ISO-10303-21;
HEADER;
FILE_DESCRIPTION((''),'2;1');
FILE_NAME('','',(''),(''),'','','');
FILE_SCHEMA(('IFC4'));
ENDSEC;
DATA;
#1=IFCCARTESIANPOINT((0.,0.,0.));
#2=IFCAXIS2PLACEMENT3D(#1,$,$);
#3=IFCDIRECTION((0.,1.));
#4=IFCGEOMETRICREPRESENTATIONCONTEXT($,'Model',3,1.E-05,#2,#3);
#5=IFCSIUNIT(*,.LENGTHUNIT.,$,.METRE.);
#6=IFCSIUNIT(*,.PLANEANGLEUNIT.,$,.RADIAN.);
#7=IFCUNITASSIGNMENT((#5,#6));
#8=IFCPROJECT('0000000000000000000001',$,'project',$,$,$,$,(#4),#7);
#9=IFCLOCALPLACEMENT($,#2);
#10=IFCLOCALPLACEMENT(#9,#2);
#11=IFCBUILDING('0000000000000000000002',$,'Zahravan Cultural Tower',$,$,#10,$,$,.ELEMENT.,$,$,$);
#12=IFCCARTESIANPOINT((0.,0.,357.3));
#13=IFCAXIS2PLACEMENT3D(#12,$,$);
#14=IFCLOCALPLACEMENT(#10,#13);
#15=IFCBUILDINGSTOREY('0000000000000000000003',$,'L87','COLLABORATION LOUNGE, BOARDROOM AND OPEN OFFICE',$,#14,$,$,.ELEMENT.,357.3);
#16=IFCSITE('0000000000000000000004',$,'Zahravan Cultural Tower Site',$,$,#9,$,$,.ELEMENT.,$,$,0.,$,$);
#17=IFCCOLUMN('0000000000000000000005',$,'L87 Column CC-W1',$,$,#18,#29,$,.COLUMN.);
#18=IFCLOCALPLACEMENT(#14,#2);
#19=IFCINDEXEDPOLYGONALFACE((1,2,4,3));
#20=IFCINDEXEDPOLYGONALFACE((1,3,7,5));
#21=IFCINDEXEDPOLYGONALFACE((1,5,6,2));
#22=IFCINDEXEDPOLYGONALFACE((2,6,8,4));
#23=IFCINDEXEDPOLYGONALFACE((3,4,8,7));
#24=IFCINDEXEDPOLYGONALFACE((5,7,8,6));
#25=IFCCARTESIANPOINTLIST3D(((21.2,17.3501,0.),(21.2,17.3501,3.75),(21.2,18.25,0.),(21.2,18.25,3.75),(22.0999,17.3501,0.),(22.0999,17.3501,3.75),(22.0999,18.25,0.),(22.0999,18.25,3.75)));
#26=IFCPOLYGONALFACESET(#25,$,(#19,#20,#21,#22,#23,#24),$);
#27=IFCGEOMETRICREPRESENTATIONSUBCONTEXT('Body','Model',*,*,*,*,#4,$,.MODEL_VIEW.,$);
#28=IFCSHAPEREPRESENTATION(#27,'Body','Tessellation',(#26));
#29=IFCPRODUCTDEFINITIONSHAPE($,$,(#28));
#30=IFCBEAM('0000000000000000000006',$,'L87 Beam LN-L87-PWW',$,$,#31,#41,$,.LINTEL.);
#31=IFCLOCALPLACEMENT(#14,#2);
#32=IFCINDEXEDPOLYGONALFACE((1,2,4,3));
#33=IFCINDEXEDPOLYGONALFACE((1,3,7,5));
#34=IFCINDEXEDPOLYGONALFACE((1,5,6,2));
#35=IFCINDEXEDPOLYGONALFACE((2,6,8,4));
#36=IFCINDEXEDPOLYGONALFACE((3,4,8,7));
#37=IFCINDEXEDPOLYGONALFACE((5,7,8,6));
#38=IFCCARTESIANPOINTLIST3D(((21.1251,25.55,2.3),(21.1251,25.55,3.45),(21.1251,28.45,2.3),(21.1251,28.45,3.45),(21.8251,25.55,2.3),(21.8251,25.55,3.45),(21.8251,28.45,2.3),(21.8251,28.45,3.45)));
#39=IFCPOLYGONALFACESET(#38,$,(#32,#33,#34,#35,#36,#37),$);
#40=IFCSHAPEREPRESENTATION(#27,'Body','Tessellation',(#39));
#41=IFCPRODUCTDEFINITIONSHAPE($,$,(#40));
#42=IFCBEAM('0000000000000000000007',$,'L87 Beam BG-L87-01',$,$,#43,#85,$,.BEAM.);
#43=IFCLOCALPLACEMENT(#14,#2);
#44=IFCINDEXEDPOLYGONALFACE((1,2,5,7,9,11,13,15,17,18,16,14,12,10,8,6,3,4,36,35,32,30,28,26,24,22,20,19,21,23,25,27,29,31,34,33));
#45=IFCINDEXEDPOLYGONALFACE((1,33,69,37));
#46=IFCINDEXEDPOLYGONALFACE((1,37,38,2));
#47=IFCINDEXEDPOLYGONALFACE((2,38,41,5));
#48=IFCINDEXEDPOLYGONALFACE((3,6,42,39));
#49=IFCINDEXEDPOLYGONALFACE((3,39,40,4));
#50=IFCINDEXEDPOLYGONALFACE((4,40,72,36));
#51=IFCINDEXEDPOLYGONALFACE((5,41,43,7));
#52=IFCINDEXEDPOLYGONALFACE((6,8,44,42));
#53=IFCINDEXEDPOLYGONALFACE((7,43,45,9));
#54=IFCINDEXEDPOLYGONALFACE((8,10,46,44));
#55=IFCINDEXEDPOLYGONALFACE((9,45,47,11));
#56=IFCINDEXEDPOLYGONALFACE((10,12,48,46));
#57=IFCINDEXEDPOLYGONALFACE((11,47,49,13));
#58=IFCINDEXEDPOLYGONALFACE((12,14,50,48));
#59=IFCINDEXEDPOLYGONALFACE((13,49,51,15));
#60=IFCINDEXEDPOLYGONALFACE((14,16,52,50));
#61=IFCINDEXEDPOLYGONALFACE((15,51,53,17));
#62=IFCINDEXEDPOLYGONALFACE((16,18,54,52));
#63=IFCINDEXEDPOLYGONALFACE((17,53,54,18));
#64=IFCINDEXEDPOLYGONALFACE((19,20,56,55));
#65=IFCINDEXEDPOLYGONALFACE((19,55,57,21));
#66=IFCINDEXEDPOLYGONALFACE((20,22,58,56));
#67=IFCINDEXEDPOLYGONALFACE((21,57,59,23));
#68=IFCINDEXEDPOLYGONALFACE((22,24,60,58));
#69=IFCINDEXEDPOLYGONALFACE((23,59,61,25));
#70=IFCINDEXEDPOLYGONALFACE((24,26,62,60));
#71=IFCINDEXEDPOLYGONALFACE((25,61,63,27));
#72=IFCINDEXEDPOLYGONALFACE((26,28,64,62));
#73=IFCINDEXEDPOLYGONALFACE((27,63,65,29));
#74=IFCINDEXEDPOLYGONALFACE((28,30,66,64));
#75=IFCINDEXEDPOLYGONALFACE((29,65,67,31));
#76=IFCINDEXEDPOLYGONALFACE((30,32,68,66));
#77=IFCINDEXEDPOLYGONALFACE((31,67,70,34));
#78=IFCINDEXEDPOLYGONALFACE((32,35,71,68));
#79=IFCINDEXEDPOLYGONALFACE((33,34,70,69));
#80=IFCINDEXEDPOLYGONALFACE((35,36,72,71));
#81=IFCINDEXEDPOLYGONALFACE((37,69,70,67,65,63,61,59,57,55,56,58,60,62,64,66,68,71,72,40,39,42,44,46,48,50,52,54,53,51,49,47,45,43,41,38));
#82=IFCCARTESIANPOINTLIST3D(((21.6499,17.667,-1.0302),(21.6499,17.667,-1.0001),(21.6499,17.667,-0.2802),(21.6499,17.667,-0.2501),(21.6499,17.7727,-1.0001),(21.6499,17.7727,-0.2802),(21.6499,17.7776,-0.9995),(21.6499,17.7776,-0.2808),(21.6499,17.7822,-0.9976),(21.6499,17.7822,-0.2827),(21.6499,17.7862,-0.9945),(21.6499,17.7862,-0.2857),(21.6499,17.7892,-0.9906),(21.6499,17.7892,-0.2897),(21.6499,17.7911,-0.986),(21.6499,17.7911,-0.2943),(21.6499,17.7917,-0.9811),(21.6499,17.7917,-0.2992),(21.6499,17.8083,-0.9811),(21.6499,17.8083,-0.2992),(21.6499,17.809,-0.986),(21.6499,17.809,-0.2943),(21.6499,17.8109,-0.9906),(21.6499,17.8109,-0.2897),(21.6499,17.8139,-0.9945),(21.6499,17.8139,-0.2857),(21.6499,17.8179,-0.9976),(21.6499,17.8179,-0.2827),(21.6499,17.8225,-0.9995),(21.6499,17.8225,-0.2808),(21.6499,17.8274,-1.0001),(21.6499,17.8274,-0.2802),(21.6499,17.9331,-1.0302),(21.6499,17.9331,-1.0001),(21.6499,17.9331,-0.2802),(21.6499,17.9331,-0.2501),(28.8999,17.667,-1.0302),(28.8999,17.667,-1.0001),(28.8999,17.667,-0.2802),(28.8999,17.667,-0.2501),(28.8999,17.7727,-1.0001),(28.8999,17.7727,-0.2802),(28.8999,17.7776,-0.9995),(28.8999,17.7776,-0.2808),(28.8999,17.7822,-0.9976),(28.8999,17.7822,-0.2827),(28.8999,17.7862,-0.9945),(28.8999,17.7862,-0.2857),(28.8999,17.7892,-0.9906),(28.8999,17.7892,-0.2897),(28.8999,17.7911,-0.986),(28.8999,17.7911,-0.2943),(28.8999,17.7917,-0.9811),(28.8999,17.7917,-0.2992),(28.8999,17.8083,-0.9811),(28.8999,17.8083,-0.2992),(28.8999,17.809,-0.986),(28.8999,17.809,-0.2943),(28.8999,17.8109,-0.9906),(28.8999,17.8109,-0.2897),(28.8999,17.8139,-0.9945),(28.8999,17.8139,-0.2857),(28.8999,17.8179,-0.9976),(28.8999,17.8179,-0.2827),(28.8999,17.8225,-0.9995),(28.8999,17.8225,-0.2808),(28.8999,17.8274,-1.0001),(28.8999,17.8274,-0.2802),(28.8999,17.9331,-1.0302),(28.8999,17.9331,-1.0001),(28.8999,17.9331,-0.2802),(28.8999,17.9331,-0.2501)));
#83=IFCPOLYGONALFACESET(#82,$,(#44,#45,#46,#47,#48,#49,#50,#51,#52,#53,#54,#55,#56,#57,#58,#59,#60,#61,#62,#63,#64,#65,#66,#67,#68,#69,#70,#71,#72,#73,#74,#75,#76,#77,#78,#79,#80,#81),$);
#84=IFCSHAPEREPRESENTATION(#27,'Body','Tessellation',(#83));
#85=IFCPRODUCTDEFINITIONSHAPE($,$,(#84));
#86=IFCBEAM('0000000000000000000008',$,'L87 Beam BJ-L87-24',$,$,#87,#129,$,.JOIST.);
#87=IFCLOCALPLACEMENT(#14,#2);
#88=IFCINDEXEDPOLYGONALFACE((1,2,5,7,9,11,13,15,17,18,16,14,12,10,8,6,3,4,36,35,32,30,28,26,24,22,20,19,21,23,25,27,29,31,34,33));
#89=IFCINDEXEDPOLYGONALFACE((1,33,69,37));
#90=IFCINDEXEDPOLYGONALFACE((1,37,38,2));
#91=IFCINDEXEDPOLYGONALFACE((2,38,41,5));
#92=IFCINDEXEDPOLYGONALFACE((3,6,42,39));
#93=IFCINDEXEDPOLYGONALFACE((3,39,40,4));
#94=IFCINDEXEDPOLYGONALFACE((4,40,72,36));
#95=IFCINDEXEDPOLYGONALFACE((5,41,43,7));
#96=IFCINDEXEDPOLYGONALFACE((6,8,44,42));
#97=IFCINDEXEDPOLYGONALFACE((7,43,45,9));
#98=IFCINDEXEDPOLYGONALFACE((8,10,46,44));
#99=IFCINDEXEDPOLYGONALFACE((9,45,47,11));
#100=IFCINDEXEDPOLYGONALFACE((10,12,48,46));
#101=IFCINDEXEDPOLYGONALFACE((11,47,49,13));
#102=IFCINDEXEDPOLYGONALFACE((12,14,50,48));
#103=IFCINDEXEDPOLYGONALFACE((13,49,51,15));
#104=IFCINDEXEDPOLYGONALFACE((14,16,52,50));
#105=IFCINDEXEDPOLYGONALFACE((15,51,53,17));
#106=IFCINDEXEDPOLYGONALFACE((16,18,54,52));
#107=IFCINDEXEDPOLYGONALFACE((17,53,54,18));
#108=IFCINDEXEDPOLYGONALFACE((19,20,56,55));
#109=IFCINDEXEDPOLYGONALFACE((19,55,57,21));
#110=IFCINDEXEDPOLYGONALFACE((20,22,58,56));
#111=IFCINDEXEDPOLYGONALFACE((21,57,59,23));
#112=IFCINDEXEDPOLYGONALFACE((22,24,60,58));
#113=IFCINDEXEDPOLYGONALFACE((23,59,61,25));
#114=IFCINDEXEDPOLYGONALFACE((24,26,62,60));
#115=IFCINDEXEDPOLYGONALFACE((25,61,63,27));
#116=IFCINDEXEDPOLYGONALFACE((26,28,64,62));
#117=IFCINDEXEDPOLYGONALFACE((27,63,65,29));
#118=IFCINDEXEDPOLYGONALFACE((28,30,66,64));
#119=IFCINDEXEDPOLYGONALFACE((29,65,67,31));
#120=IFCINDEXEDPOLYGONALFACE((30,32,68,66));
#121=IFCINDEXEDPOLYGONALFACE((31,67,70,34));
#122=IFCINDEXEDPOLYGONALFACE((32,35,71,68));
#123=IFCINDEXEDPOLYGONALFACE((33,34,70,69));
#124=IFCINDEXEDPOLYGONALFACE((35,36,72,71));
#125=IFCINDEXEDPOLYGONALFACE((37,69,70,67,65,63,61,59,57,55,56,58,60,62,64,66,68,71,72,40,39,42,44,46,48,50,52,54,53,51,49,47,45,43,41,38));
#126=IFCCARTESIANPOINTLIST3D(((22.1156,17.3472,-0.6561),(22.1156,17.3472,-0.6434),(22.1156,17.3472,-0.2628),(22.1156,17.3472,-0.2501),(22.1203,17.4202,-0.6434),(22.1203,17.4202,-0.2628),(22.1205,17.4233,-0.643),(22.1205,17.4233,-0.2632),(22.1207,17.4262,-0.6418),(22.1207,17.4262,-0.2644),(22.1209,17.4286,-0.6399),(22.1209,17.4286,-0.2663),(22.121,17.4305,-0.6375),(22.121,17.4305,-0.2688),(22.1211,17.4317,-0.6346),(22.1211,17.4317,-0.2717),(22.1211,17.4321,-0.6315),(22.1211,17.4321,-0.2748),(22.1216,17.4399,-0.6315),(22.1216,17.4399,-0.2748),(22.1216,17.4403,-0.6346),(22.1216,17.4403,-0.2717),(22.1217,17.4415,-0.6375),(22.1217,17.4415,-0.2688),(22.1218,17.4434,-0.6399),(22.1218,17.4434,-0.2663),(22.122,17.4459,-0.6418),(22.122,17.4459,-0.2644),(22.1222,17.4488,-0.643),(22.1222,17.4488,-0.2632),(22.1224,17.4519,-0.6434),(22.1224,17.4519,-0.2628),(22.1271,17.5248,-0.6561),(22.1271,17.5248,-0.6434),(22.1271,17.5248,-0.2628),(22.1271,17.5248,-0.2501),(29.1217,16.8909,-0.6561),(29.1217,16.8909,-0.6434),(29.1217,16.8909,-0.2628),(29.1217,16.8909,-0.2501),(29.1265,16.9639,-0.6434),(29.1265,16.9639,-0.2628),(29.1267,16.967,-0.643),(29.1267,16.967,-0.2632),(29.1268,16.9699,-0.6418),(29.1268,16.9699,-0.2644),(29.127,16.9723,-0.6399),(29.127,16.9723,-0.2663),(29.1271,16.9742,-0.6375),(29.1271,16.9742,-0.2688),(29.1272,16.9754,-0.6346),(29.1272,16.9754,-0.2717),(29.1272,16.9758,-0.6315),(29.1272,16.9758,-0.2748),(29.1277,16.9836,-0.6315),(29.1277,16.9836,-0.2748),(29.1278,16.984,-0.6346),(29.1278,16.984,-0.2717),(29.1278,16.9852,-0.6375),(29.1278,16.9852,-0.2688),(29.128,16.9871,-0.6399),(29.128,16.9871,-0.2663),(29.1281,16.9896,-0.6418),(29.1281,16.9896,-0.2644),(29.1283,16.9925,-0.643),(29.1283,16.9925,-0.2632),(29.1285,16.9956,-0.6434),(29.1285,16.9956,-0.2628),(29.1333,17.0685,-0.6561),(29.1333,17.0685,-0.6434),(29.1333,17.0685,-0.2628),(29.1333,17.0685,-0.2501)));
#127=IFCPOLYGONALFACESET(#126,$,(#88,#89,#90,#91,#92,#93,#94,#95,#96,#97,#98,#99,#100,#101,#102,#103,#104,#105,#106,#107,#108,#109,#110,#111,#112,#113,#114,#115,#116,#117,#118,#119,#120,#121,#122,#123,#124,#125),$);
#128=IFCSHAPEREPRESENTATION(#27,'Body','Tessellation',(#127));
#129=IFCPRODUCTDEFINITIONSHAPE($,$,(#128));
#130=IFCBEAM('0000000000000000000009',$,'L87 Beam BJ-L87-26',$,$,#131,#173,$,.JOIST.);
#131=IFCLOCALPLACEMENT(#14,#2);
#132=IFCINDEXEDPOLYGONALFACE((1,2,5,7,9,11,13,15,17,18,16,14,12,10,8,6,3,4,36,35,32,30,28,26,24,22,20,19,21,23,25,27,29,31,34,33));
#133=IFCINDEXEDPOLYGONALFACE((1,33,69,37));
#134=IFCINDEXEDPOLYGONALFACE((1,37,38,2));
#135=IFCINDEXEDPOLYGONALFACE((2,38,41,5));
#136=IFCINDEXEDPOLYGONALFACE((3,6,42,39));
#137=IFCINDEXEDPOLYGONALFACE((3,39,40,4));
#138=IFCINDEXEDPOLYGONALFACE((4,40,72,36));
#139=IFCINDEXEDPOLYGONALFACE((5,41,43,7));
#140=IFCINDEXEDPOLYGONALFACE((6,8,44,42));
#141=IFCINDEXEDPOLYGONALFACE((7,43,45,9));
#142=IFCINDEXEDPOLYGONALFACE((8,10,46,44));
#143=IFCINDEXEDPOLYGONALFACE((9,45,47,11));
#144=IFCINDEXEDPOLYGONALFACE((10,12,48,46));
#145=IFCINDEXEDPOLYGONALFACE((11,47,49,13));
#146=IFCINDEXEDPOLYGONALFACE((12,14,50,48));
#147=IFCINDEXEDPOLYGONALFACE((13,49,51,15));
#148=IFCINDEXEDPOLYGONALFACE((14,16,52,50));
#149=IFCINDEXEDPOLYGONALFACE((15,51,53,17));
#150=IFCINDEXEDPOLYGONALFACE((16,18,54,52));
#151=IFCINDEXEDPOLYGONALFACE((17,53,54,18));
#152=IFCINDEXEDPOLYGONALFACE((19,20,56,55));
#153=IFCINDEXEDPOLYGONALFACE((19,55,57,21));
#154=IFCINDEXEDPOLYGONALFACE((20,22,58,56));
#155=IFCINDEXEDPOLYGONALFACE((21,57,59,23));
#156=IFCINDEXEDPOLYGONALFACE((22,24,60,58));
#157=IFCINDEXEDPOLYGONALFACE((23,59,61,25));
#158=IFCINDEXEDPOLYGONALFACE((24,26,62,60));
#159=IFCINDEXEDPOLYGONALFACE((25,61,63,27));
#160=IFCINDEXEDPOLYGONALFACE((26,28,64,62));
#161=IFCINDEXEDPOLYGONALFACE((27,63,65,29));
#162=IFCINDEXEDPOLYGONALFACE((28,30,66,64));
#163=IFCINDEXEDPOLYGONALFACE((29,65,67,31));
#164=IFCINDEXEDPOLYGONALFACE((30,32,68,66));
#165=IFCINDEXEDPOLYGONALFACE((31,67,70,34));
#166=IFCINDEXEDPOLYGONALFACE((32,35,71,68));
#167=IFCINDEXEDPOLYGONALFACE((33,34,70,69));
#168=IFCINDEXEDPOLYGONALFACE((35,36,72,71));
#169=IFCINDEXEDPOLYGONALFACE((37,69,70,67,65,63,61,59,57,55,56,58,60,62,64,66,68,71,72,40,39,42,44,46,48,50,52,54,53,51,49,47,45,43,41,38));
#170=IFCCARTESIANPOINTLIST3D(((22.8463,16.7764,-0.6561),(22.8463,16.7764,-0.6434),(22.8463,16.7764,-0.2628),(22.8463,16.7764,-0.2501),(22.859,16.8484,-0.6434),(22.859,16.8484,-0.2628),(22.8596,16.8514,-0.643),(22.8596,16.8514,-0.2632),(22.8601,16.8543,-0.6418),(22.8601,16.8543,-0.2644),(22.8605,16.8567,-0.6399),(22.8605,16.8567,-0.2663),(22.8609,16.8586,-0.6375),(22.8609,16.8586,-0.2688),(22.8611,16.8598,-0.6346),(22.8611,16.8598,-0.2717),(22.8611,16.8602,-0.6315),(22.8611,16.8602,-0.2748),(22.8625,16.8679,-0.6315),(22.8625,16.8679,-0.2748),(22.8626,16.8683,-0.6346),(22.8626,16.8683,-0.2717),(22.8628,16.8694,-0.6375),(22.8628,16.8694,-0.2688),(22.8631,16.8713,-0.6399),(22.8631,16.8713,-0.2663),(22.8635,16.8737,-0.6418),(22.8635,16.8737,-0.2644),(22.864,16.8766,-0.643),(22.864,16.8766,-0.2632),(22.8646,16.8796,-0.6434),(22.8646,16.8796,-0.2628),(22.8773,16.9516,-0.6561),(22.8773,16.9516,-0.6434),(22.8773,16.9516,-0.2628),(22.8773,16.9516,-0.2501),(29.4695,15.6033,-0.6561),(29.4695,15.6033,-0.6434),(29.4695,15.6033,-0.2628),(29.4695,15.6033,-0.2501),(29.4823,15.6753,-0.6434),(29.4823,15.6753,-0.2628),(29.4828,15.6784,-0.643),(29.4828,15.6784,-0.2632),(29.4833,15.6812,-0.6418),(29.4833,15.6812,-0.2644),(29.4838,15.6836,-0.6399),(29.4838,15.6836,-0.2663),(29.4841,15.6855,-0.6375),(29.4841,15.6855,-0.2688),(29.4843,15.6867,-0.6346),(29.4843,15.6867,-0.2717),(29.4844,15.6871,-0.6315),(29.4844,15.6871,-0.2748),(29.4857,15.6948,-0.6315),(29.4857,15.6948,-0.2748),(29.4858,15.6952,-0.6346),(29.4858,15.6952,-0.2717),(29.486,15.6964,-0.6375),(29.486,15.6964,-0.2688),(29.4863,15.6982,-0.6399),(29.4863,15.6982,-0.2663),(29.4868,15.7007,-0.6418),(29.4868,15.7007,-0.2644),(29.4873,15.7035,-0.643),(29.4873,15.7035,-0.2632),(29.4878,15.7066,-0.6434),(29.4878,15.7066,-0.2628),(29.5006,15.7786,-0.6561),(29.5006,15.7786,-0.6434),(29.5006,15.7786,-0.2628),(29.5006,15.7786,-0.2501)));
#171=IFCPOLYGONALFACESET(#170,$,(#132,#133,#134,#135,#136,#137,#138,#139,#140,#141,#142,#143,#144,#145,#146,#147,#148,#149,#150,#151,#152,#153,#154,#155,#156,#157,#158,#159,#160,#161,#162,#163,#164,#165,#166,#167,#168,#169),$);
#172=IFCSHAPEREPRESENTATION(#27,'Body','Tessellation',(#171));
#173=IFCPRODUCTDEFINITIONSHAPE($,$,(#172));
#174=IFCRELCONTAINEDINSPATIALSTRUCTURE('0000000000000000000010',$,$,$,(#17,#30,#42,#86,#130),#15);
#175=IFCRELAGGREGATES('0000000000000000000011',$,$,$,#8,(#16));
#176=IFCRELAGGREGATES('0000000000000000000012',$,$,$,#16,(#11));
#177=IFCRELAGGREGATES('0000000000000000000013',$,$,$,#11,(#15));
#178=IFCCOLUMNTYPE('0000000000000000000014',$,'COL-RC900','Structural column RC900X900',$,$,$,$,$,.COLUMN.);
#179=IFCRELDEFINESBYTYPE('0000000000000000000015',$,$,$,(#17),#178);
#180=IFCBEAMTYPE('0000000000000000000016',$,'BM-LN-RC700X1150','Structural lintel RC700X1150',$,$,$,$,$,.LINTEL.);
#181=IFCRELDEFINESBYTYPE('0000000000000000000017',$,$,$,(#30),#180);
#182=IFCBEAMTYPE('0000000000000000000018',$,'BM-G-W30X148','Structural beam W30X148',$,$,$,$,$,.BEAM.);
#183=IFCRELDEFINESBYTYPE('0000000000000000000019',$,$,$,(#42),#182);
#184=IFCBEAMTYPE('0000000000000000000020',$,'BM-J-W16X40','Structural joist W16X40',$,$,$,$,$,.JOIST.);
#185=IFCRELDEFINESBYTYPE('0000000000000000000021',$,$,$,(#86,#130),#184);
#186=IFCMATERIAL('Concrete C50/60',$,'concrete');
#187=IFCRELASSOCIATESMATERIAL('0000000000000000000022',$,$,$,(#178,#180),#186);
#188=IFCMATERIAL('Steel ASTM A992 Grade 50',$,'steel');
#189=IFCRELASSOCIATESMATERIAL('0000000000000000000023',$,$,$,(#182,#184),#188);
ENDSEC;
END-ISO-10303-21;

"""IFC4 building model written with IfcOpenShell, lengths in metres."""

from ifc_helpers import new_model, si_unit, direction, frame, origin, origin_2d, place, context, subcontext, project, spatial, rectangle, i_section, extrude, source, transform, mapped, material, material_profile, profile_set, type_object, element, save


model = new_model("IFC4")

# Units and contexts
model_context = context("Model", 3, precision=1e-05, world=origin(), true_north=direction((0.0, 1.0)))
body_context = subcontext(model_context, "Body", "Model", "MODEL_VIEW")
ifc_project = project(units=[si_unit("LENGTHUNIT", "METRE"), si_unit("PLANEANGLEUNIT", "RADIAN")], contexts=[model_context])

# Site, building, storey
site_placement = place(None, origin())
site = spatial("IfcSite", under=ifc_project, at=site_placement, Name="Zahravan Cultural Tower Site", CompositionType="ELEMENT", RefElevation=0.0)
building_placement = place(site_placement, origin())
building = spatial("IfcBuilding", under=site, at=building_placement, Name="Zahravan Cultural Tower", CompositionType="ELEMENT")
storey_placement = place(building_placement, frame((0.0, 0.0, 357.3)))
storey = spatial("IfcBuildingStorey", under=building, at=storey_placement, Name="L87", Description="COLLABORATION LOUNGE, BOARDROOM AND OPEN OFFICE", CompositionType="ELEMENT", Elevation=357.3)

# Column
ifc_material_1 = material(Name="Concrete C50/60", Category="concrete")
ifc_material_profile_1 = material_profile(ifc_material_1, rectangle(XDim=0.8999, YDim=0.8999, at=origin_2d()), Name="RC900X900")
ifc_profile_set_1 = profile_set([ifc_material_profile_1], Name="Concrete C50/60")
column_type = type_object("IfcColumnType", Name="COL-RC900", Description="Structural column RC900X900", PredefinedType="COLUMN", material=ifc_profile_set_1)
shared_shape_1 = source(origin(), body_context, "Body", "SweptSolid", [
    extrude(rectangle(XDim=0.8999, YDim=0.8999, at=origin_2d()), origin(), (0.0, 0.0, 1.0), 3.75),
])
column_placement = place(storey_placement, frame((21.6499, 17.8, 0.0), z_axis=(0.0, 0.0, 1.0), x_axis=(1.0, 0.0, 0.0)))
element("IfcColumn", 1, at=column_placement, inside=storey, type_object=column_type, Name="L87 Column CC-W1", PredefinedType="COLUMN", context=body_context, shape_type="MappedRepresentation", body=[
    mapped(shared_shape_1, transform((0.0, 0.0, 0.0), x_axis=(1.0, 0.0, 0.0), y_axis=(0.0, 1.0, 0.0), z_axis=(0.0, 0.0, 1.0), scale=1.0)),
])

# Beams
ifc_material_profile_2 = material_profile(ifc_material_1, rectangle(XDim=0.7, YDim=1.1499, at=origin_2d()), Name="RC700X1150")
ifc_profile_set_2 = profile_set([ifc_material_profile_2], Name="Concrete C50/60")
beam_type_1 = type_object("IfcBeamType", Name="BM-LN-RC700X1150", Description="Structural lintel RC700X1150", PredefinedType="LINTEL", material=ifc_profile_set_2)
shared_shape_2 = source(origin(), body_context, "Body", "SweptSolid", [
    extrude(rectangle(XDim=0.7, YDim=1.1499, at=origin_2d()), origin(), (0.0, 0.0, 1.0), 2.8999),
])
beam_1_placement = place(storey_placement, frame((21.4751, 25.55, 2.875), z_axis=(0.0, 1.0, 0.0), x_axis=(-1.0, 0.0, 0.0)))
element("IfcBeam", 2, at=beam_1_placement, inside=storey, type_object=beam_type_1, Name="L87 Beam LN-L87-PWW", PredefinedType="LINTEL", context=body_context, shape_type="MappedRepresentation", body=[
    mapped(shared_shape_2, transform((0.0, 0.0, 0.0), x_axis=(1.0, 0.0, 0.0), y_axis=(0.0, 1.0, 0.0), z_axis=(0.0, 0.0, 1.0), scale=1.0)),
])
ifc_material_2 = material(Name="Steel ASTM A992 Grade 50", Category="steel")
ifc_material_profile_3 = material_profile(ifc_material_2, i_section(OverallWidth=0.2661, OverallDepth=0.78, WebThickness=0.0166, FlangeThickness=0.03, FilletRadius=0.019, at=origin_2d()), Name="W30X148")
ifc_profile_set_3 = profile_set([ifc_material_profile_3], Name="Steel ASTM A992 Grade 50")
beam_type_2 = type_object("IfcBeamType", Name="BM-G-W30X148", Description="Structural beam W30X148", PredefinedType="BEAM", material=ifc_profile_set_3)
shared_shape_3 = source(origin(), body_context, "Body", "SweptSolid", [
    extrude(i_section(OverallWidth=0.2661, OverallDepth=0.78, WebThickness=0.0166, FlangeThickness=0.03, FilletRadius=0.019, at=origin_2d()), origin(), (0.0, 0.0, 1.0), 7.25),
])
beam_2_placement = place(storey_placement, frame((21.6499, 17.8, -0.6401), z_axis=(1.0, 0.0, 0.0), x_axis=(0.0, 1.0, 0.0)))
element("IfcBeam", 3, at=beam_2_placement, inside=storey, type_object=beam_type_2, Name="L87 Beam BG-L87-01", PredefinedType="BEAM", context=body_context, shape_type="MappedRepresentation", body=[
    mapped(shared_shape_3, transform((0.0, 0.0, 0.0), x_axis=(1.0, 0.0, 0.0), y_axis=(0.0, 1.0, 0.0), z_axis=(0.0, 0.0, 1.0), scale=1.0)),
])
ifc_material_profile_4 = material_profile(ifc_material_2, i_section(OverallWidth=0.178, OverallDepth=0.406, WebThickness=0.0078, FlangeThickness=0.0127, FilletRadius=0.012, at=origin_2d()), Name="W16X40")
ifc_profile_set_4 = profile_set([ifc_material_profile_4], Name="Steel ASTM A992 Grade 50")
beam_type_3 = type_object("IfcBeamType", Name="BM-J-W16X40", Description="Structural joist W16X40", PredefinedType="JOIST", material=ifc_profile_set_4)
shared_shape_4 = source(origin(), body_context, "Body", "SweptSolid", [
    extrude(i_section(OverallWidth=0.178, OverallDepth=0.406, WebThickness=0.0078, FlangeThickness=0.0127, FilletRadius=0.012, at=origin_2d()), origin(), (0.0, 0.0, 1.0), 7.021),
])
beam_3_placement = place(storey_placement, frame((22.1213, 17.436, -0.4531), z_axis=(0.997886, -0.064991, 0.0), x_axis=(0.064991, 0.997886, 0.0)))
element("IfcBeam", 4, at=beam_3_placement, inside=storey, type_object=beam_type_3, Name="L87 Beam BJ-L87-24", PredefinedType="JOIST", context=body_context, shape_type="MappedRepresentation", body=[
    mapped(shared_shape_4, transform((0.0, 0.0, 0.0), x_axis=(1.0, 0.0, 0.0), y_axis=(0.0, 1.0, 0.0), z_axis=(0.0, 0.0, 1.0), scale=1.0)),
])
shared_shape_5 = source(origin(), body_context, "Body", "SweptSolid", [
    extrude(i_section(OverallWidth=0.178, OverallDepth=0.406, WebThickness=0.0078, FlangeThickness=0.0127, FilletRadius=0.012, at=origin_2d()), origin(), (0.0, 0.0, 1.0), 6.7263),
])
beam_4_placement = place(storey_placement, frame((22.8618, 16.864, -0.4531), z_axis=(0.984674, -0.174402, 0.0), x_axis=(0.174402, 0.984674, 0.0)))
element("IfcBeam", 5, at=beam_4_placement, inside=storey, type_object=beam_type_3, Name="L87 Beam BJ-L87-26", PredefinedType="JOIST", context=body_context, shape_type="MappedRepresentation", body=[
    mapped(shared_shape_5, transform((0.0, 0.0, 0.0), x_axis=(1.0, 0.0, 0.0), y_axis=(0.0, 1.0, 0.0), z_axis=(0.0, 0.0, 1.0), scale=1.0)),
])

save(model, "model.ifc")
